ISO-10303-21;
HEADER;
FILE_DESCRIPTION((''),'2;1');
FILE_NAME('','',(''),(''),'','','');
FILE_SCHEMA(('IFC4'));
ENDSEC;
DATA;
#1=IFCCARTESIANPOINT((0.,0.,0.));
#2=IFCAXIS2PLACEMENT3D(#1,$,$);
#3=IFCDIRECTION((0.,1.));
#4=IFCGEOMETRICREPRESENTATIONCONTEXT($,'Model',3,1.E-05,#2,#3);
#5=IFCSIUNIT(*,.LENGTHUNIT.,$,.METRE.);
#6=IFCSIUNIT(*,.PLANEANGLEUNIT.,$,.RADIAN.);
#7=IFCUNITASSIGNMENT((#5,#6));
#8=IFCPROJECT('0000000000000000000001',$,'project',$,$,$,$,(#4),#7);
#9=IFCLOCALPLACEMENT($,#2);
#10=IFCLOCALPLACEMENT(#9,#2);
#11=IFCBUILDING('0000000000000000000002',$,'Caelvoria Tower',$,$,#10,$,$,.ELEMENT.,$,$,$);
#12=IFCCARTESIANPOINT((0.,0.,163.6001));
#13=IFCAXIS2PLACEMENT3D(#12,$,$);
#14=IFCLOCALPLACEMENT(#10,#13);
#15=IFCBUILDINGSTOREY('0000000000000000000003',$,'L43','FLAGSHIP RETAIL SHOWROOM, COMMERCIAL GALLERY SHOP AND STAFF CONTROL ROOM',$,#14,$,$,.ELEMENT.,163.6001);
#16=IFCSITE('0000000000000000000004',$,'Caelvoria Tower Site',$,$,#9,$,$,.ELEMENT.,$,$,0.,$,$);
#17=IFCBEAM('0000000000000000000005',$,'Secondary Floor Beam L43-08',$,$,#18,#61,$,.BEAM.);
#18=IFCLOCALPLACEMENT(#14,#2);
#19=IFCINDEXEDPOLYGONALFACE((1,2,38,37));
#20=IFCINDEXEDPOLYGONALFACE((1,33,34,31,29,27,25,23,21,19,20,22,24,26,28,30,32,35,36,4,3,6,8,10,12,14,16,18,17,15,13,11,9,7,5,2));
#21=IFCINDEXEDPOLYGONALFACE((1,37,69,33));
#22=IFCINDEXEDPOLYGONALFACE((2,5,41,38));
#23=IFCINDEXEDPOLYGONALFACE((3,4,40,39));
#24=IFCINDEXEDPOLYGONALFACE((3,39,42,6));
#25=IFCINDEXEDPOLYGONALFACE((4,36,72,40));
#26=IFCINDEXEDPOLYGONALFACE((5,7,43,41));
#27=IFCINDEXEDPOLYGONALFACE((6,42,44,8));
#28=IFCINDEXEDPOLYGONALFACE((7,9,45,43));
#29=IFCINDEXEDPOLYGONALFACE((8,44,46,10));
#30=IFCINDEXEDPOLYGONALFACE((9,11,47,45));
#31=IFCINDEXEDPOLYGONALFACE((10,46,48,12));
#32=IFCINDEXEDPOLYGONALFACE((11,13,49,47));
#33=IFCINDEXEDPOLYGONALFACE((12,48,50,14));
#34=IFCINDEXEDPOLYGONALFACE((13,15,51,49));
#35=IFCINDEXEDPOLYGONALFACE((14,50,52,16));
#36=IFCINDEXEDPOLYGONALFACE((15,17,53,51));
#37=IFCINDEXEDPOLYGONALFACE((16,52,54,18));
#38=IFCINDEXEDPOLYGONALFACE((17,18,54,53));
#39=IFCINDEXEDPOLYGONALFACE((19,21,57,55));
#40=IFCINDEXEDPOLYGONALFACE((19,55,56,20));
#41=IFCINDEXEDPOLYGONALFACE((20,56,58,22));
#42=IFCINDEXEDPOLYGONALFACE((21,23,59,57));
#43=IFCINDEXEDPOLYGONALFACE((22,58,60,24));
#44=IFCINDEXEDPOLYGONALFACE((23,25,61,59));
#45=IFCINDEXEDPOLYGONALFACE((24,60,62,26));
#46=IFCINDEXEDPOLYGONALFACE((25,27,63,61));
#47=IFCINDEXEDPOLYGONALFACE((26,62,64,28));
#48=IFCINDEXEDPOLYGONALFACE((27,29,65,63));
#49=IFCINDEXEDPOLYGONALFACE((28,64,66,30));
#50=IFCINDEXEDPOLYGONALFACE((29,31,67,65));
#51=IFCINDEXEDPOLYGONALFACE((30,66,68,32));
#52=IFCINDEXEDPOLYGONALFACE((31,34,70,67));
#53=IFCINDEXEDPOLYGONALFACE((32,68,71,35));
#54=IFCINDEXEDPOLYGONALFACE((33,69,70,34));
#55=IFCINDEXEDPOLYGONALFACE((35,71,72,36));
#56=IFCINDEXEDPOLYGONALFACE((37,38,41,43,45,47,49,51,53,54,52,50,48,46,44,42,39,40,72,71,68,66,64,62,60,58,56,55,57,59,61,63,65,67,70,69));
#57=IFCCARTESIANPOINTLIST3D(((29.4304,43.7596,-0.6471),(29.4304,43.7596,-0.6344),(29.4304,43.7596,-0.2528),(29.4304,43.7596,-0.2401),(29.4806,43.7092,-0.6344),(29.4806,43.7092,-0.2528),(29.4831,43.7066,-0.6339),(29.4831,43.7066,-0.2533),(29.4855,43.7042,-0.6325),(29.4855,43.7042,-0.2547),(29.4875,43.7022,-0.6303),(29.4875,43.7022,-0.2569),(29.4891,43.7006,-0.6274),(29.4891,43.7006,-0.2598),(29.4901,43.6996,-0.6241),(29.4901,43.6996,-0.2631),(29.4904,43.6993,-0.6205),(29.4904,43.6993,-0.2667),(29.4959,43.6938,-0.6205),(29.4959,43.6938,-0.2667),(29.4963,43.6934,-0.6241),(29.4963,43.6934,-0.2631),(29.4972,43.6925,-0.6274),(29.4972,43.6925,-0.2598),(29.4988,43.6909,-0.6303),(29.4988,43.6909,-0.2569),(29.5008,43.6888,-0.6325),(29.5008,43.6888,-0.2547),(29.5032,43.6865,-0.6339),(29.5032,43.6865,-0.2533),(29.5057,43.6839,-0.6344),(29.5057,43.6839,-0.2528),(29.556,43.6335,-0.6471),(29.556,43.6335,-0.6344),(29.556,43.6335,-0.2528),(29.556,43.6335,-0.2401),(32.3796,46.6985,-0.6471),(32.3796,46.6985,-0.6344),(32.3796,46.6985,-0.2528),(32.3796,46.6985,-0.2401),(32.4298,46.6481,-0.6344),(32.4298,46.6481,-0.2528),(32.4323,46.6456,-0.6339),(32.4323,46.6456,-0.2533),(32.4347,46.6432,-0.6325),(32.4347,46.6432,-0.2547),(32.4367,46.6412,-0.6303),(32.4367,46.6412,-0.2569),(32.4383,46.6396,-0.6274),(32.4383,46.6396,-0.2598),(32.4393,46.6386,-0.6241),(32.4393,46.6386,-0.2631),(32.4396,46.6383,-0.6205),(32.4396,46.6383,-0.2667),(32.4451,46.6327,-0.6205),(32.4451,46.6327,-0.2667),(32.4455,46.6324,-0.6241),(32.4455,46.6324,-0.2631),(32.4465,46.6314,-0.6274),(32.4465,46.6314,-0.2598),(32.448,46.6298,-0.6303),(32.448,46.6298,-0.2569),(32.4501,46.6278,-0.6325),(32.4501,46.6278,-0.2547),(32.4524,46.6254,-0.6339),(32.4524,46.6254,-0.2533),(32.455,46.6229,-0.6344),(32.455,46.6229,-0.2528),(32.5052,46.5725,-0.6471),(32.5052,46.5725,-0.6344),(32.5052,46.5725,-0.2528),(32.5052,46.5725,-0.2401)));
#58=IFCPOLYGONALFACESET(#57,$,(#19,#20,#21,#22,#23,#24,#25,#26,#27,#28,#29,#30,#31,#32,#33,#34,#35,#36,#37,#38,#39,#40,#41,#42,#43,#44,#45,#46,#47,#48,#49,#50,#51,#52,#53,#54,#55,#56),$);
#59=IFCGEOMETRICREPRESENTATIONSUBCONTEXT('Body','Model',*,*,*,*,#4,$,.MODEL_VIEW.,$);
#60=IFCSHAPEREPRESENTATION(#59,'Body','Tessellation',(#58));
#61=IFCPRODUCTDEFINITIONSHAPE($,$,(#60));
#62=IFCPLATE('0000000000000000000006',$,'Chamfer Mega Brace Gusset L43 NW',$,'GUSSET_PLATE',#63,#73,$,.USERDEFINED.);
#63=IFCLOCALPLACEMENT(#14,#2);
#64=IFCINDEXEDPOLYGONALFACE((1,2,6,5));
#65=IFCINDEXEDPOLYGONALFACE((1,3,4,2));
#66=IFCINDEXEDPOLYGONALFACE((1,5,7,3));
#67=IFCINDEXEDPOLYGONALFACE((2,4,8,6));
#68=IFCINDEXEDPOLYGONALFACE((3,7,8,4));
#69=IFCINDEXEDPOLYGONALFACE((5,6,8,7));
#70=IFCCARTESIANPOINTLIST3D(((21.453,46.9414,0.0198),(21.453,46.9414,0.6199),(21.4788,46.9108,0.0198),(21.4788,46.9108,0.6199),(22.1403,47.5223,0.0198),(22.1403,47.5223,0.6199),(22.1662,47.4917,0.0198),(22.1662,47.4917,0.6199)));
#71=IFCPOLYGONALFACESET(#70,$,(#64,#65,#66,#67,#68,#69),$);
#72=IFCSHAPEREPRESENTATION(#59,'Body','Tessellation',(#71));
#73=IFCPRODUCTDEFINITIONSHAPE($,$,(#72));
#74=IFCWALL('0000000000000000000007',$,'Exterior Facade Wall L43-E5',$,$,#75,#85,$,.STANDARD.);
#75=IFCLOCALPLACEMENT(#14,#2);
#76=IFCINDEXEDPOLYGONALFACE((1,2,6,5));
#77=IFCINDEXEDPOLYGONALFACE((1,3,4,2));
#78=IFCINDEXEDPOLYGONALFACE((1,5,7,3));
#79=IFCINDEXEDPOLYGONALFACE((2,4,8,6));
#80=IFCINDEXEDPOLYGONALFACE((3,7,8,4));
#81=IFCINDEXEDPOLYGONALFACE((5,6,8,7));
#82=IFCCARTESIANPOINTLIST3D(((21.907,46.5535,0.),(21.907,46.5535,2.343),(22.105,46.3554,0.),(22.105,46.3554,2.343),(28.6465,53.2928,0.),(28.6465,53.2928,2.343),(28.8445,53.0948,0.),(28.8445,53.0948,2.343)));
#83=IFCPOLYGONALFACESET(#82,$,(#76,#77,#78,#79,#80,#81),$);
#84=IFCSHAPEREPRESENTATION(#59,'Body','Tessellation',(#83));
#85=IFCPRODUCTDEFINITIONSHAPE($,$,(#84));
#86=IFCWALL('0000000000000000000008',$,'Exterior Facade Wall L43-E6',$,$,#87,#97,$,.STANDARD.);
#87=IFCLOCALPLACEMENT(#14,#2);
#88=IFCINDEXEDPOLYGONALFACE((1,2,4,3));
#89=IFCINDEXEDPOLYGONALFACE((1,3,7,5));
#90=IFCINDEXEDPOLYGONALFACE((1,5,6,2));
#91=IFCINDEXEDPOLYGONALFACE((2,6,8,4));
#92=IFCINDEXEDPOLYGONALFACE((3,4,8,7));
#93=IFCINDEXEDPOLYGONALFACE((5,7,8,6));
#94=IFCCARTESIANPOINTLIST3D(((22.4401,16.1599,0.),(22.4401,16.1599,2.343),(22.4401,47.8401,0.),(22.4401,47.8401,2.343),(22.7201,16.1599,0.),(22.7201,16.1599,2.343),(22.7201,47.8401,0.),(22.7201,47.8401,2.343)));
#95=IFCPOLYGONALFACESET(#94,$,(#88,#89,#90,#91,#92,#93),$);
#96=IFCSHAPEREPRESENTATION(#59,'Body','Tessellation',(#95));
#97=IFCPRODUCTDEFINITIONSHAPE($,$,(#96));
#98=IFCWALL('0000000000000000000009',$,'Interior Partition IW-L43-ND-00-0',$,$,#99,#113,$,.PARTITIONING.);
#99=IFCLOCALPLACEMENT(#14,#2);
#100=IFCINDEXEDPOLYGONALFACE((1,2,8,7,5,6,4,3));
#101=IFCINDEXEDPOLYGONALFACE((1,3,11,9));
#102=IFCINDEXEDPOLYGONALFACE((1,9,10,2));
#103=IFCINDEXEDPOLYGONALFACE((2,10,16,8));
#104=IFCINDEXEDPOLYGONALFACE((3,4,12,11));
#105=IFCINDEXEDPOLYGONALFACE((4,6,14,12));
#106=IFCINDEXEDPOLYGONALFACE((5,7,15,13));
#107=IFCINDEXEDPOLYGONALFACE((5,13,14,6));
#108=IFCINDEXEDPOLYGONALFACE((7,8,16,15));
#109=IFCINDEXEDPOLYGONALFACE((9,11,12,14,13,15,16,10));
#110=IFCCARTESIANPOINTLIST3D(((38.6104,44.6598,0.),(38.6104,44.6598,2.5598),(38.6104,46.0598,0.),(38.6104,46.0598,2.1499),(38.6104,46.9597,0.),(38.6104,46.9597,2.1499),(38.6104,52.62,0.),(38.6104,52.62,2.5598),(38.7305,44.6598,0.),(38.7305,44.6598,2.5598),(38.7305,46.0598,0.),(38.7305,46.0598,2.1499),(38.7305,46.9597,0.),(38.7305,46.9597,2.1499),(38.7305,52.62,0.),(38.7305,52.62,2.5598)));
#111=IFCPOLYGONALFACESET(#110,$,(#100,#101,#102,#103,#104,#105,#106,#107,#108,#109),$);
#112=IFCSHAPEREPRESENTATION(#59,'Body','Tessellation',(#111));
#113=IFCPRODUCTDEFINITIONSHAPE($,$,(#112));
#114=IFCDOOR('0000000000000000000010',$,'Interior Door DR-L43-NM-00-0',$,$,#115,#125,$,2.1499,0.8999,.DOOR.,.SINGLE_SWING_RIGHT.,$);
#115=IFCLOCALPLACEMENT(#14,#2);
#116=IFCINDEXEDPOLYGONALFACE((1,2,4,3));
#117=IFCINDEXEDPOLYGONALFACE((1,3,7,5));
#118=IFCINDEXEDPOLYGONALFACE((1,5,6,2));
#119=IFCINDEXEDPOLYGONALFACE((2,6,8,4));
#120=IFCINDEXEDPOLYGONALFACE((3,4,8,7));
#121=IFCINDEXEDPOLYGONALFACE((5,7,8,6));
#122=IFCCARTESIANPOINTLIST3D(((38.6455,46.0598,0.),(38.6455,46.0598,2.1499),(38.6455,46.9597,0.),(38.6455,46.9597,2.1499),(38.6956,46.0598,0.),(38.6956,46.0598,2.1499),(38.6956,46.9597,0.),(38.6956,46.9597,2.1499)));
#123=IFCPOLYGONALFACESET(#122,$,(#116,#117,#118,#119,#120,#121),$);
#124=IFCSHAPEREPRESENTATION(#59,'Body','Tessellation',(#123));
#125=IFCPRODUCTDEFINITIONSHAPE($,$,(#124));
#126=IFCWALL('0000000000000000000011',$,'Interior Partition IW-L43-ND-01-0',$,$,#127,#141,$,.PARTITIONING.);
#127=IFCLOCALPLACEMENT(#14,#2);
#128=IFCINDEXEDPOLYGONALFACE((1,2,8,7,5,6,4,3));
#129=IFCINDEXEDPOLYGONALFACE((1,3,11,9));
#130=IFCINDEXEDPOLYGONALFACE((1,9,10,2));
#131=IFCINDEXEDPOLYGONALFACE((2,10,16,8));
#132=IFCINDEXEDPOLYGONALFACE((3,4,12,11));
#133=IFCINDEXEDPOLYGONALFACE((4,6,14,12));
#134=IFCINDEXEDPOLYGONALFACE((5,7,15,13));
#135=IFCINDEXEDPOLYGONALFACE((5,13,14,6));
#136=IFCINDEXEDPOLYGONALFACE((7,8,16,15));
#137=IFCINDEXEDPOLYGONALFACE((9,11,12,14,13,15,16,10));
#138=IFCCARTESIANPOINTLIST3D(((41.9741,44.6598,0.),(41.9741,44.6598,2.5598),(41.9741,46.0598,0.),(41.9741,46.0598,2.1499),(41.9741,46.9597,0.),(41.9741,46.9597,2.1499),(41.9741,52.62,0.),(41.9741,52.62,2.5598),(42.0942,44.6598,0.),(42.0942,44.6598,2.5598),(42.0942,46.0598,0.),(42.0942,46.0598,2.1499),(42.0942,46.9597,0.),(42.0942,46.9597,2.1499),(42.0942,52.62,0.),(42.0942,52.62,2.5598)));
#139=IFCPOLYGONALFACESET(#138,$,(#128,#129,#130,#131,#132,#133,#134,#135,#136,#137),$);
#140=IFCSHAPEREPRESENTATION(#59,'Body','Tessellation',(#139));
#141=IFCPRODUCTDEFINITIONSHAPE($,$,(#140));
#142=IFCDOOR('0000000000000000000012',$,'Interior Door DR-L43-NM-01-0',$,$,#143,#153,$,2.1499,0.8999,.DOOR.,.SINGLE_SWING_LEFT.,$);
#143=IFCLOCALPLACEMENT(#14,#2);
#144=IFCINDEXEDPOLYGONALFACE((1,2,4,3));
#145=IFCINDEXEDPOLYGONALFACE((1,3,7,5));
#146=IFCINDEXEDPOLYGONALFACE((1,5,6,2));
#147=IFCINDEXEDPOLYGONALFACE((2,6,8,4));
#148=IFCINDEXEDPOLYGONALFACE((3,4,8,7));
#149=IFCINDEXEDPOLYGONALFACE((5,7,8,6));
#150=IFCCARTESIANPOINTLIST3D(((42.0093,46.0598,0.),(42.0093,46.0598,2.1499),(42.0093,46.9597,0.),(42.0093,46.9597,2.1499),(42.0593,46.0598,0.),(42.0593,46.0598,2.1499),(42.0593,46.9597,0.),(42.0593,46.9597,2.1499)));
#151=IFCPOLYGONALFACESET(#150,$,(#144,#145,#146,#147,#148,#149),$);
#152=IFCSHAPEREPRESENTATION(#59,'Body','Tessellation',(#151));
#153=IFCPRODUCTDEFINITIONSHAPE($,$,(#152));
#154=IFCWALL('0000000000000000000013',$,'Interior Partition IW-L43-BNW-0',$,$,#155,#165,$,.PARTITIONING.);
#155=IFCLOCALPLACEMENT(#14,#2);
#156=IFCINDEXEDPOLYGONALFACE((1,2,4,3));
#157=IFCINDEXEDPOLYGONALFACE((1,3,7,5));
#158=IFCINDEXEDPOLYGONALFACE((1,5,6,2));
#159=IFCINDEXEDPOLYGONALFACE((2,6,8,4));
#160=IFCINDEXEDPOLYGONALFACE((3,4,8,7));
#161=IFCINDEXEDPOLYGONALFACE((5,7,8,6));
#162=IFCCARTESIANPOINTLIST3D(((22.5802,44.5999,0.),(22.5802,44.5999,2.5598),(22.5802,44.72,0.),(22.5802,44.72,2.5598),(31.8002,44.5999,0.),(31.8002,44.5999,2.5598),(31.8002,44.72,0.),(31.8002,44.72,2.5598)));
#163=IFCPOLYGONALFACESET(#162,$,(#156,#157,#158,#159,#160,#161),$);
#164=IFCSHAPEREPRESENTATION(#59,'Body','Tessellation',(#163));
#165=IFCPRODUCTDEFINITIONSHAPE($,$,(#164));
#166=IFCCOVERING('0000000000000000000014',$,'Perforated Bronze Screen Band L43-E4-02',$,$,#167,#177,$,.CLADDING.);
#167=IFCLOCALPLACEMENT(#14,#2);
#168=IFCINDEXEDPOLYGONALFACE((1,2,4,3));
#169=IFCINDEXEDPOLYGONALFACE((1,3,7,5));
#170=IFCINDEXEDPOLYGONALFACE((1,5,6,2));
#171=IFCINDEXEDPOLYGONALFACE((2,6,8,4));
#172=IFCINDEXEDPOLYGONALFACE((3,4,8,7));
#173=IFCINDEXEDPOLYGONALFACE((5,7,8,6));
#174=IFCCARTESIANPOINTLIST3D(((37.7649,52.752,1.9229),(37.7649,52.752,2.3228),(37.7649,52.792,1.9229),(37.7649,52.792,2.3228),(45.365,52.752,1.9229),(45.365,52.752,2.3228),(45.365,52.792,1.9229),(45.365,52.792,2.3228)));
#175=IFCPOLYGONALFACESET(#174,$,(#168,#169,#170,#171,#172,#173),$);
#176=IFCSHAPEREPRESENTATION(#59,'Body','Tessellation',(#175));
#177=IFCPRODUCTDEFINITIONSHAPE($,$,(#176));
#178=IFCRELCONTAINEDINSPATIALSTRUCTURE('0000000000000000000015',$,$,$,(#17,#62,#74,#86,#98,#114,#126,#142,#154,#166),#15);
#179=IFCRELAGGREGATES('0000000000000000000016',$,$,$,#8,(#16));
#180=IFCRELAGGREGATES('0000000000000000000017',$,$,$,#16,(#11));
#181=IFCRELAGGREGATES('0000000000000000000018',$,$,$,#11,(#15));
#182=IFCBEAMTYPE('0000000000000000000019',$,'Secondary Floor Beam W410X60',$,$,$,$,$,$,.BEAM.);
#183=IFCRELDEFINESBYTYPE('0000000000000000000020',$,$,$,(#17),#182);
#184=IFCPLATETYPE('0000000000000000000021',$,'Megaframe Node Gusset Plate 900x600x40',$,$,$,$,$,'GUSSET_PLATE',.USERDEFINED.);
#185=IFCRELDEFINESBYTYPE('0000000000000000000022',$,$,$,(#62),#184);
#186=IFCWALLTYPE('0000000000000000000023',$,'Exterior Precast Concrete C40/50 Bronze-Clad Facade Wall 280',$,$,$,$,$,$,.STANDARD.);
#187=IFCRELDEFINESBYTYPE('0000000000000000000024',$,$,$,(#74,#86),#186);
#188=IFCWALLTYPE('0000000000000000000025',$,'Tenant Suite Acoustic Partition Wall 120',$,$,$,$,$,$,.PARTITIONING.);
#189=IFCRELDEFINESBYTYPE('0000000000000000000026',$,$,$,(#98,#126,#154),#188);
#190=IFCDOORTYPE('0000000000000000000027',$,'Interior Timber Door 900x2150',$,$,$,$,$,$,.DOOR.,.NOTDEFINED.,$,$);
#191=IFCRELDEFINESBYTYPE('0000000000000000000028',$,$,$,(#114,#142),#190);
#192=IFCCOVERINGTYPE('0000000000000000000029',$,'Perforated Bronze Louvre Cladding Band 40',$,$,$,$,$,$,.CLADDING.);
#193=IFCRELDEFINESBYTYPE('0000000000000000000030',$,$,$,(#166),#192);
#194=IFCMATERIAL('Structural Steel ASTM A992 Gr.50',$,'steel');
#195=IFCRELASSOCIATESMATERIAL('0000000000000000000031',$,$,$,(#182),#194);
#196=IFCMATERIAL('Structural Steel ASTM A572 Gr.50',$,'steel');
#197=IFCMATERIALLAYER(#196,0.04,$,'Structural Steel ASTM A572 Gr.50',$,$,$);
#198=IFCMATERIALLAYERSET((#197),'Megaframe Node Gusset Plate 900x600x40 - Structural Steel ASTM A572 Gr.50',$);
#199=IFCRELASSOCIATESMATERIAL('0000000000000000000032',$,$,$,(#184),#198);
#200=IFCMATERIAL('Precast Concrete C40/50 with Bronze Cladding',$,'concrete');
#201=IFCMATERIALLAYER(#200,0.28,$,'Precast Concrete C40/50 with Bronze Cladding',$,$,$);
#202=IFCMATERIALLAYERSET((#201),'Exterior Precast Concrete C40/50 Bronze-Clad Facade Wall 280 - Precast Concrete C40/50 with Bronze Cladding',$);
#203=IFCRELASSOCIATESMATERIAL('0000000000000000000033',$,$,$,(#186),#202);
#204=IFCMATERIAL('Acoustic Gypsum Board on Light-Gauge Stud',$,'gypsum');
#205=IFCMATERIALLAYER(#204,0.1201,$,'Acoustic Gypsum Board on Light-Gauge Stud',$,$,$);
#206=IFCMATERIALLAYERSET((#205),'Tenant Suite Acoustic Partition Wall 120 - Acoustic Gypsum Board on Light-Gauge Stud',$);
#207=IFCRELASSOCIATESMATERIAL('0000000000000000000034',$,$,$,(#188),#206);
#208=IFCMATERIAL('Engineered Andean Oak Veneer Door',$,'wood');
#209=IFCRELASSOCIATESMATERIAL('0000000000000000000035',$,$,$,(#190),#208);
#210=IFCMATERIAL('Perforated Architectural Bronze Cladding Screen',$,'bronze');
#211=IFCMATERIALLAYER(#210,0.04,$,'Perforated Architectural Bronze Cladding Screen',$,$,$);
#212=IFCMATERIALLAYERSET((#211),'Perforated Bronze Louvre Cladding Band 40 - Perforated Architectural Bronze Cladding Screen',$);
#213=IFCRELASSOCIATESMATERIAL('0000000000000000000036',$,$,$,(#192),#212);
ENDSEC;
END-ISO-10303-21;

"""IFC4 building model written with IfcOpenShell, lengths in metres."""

from ifc_helpers import new_model, si_unit, direction, frame, frame_2d, origin, origin_2d, place, context, subcontext, project, spatial, rectangle, i_section, extrude, material, layer, layer_set, material_profile, profile_set, type_object, element, fill, save


model = new_model("IFC4")

# Units and contexts
model_context = context("Model", 3, precision=1e-05, world=origin(), true_north=direction((0.0, 1.0)))
body_context = subcontext(model_context, "Body", "Model", "MODEL_VIEW")
ifc_project = project(units=[si_unit("LENGTHUNIT", "METRE"), si_unit("PLANEANGLEUNIT", "RADIAN")], contexts=[model_context])

# Site, building, storey
site_placement = place(None, origin())
site = spatial("IfcSite", under=ifc_project, at=site_placement, Name="Caelvoria Tower Site", CompositionType="ELEMENT", RefElevation=0.0)
building_placement = place(site_placement, origin())
building = spatial("IfcBuilding", under=site, at=building_placement, Name="Caelvoria Tower", CompositionType="ELEMENT")
storey_placement = place(building_placement, frame((0.0, 0.0, 163.6001)))
storey = spatial("IfcBuildingStorey", under=building, at=storey_placement, Name="L43", Description="FLAGSHIP RETAIL SHOWROOM, COMMERCIAL GALLERY SHOP AND STAFF CONTROL ROOM", CompositionType="ELEMENT", Elevation=163.6001)

# Shared definitions
ifc_material_1 = material(Name="Structural Steel ASTM A572 Gr.50", Category="steel")

# Beam
ifc_material_2 = material(Name="Structural Steel ASTM A992 Gr.50", Category="steel")
ifc_material_profile_1 = material_profile(ifc_material_2, i_section(OverallWidth=0.178, OverallDepth=0.407, WebThickness=0.0078, FlangeThickness=0.0127, FilletRadius=0.0139, at=origin_2d()), Name="Structural Steel ASTM A992 Gr.50")
ifc_profile_set_1 = profile_set([ifc_material_profile_1], Name="W410X60 - Structural Steel ASTM A992 Gr.50")
beam_type_1 = type_object("IfcBeamType", Name="Secondary Floor Beam W410X60", PredefinedType="BEAM", material=ifc_profile_set_1)
beam_1_placement = place(storey_placement, frame((32.4424, 46.6355, -0.4436), z_axis=(-0.708337, -0.705874, 0.0), x_axis=(0.705874, -0.708337, 0.0)))
element("IfcBeam", 1, at=beam_1_placement, inside=storey, type_object=beam_type_1, Name="Secondary Floor Beam L43-08", PredefinedType="BEAM", context=body_context, shape_type="SweptSolid", body=[
    extrude(i_section(OverallWidth=0.178, OverallDepth=0.407, WebThickness=0.0078, FlangeThickness=0.0127, FilletRadius=0.0139, at=origin_2d()), origin(), (0.0, 0.0, 1.0), 4.1636),
])

# Plate
ifc_layer_1 = layer(ifc_material_1, 0.04, Name="Structural Steel ASTM A572 Gr.50")
ifc_layer_set_1 = layer_set([ifc_layer_1], Name="Megaframe Node Gusset Plate 900x600x40 - Structural Steel ASTM A572 Gr.50")
plate_type = type_object("IfcPlateType", Name="Megaframe Node Gusset Plate 900x600x40", ElementType="GUSSET_PLATE", PredefinedType="USERDEFINED", material=ifc_layer_set_1)
plate_placement = place(storey_placement, frame((21.8096, 47.2166, 0.0198), z_axis=(0.0, 0.0, 1.0), x_axis=(0.763772, 0.645486, 0.0)))
element("IfcPlate", 2, at=plate_placement, inside=storey, type_object=plate_type, Name="Chamfer Mega Brace Gusset L43 NW", ObjectType="GUSSET_PLATE", PredefinedType="USERDEFINED", context=body_context, shape_type="SweptSolid", body=[
    extrude(rectangle(XDim=0.8999, YDim=0.04, at=origin_2d()), origin(), (0.0, 0.0, 1.0), 0.6001),
])

# Walls
ifc_material_3 = material(Name="Precast Concrete C40/50 with Bronze Cladding", Category="concrete")
ifc_layer_2 = layer(ifc_material_3, 0.28, Name="Precast Concrete C40/50 with Bronze Cladding")
ifc_layer_set_2 = layer_set([ifc_layer_2], Name="Exterior Precast Concrete C40/50 Bronze-Clad Facade Wall 280 - Precast Concrete C40/50 with Bronze Cladding")
wall_type_1 = type_object("IfcWallType", Name="Exterior Precast Concrete C40/50 Bronze-Clad Facade Wall 280", PredefinedType="STANDARD", material=ifc_layer_set_2)
wall_1_placement = place(storey_placement, frame((28.7456, 53.1938, 0.0), z_axis=(0.0, 0.0, 1.0), x_axis=(-0.70712, -0.707094, 0.0)))
element("IfcWall", 3, at=wall_1_placement, inside=storey, type_object=wall_type_1, Name="Exterior Facade Wall L43-E5", PredefinedType="STANDARD", context=body_context, shape_type="SweptSolid", body=[
    extrude(rectangle(XDim=9.531, YDim=0.28, at=frame_2d((4.7656, 0.0))), origin(), (0.0, 0.0, 1.0), 2.343),
])
wall_2_placement = place(storey_placement, frame((22.5801, 47.8401, 0.0), z_axis=(0.0, 0.0, 1.0), x_axis=(0.0, -1.0, 0.0)))
element("IfcWall", 4, at=wall_2_placement, inside=storey, type_object=wall_type_1, Name="Exterior Facade Wall L43-E6", PredefinedType="STANDARD", context=body_context, shape_type="SweptSolid", body=[
    extrude(rectangle(XDim=31.6802, YDim=0.28, at=frame_2d((15.8401, 0.0))), origin(), (0.0, 0.0, 1.0), 2.343),
])

# Walls, openings, doors
ifc_material_4 = material(Name="Acoustic Gypsum Board on Light-Gauge Stud", Category="gypsum")
ifc_layer_3 = layer(ifc_material_4, 0.1201, Name="Acoustic Gypsum Board on Light-Gauge Stud")
ifc_layer_set_3 = layer_set([ifc_layer_3], Name="Tenant Suite Acoustic Partition Wall 120 - Acoustic Gypsum Board on Light-Gauge Stud")
wall_type_2 = type_object("IfcWallType", Name="Tenant Suite Acoustic Partition Wall 120", PredefinedType="PARTITIONING", material=ifc_layer_set_3)
wall_3_placement = place(storey_placement, frame((38.6704, 44.6599, 0.0), z_axis=(0.0, 0.0, 1.0), x_axis=(0.0, 1.0, 0.0)))
wall_3 = element("IfcWall", 5, at=wall_3_placement, inside=storey, type_object=wall_type_2, Name="Interior Partition IW-L43-ND-00-0", PredefinedType="PARTITIONING", context=body_context, shape_type="SweptSolid", body=[
    extrude(rectangle(XDim=7.9602, YDim=0.1201, at=frame_2d((3.98, 0.0))), origin(), (0.0, 0.0, 1.0), 2.5598),
])
opening_1_placement = place(wall_3_placement, frame((1.3999, 0.0, 0.0)))
opening_1 = element("IfcOpeningElement", 6, at=opening_1_placement, cuts=wall_3, PredefinedType="OPENING", context=body_context, shape_type="SweptSolid", body=[
    extrude(rectangle(XDim=0.8999, YDim=2.1499, at=frame_2d((0.45, 1.075))), frame((0.0, 0.0701, 0.0), z_axis=(0.0, -1.0, 0.0), x_axis=(1.0, 0.0, 0.0)), (0.0, 0.0, 1.0), 0.1401),
])
ifc_material_5 = material(Name="Engineered Andean Oak Veneer Door", Category="wood")
door_type = type_object("IfcDoorType", Name="Interior Timber Door 900x2150", OperationType="NOTDEFINED", PredefinedType="DOOR", material=ifc_material_5)
door_1_placement = place(opening_1_placement, origin())
door_1 = element("IfcDoor", 7, at=door_1_placement, inside=storey, type_object=door_type, Name="Interior Door DR-L43-NM-00-0", OperationType="SINGLE_SWING_RIGHT", OverallHeight=2.1499, OverallWidth=0.8999, PredefinedType="DOOR", context=body_context, shape_type="SweptSolid", body=[
    extrude(rectangle(XDim=0.8999, YDim=2.1499, at=frame_2d((0.45, 1.075))), frame((0.0, 0.0249, 0.0), z_axis=(0.0, -1.0, 0.0), x_axis=(1.0, 0.0, 0.0)), (0.0, 0.0, 1.0), 0.05),
])
fill(opening_1, door_1)
wall_4_placement = place(storey_placement, frame((42.0342, 44.6599, 0.0), z_axis=(0.0, 0.0, 1.0), x_axis=(0.0, 1.0, 0.0)))
wall_4 = element("IfcWall", 8, at=wall_4_placement, inside=storey, type_object=wall_type_2, Name="Interior Partition IW-L43-ND-01-0", PredefinedType="PARTITIONING", context=body_context, shape_type="SweptSolid", body=[
    extrude(rectangle(XDim=7.9602, YDim=0.1201, at=frame_2d((3.98, 0.0))), origin(), (0.0, 0.0, 1.0), 2.5598),
])
opening_2_placement = place(wall_4_placement, frame((1.3999, 0.0, 0.0)))
opening_2 = element("IfcOpeningElement", 9, at=opening_2_placement, cuts=wall_4, PredefinedType="OPENING", context=body_context, shape_type="SweptSolid", body=[
    extrude(rectangle(XDim=0.8999, YDim=2.1499, at=frame_2d((0.45, 1.075))), frame((0.0, 0.0701, 0.0), z_axis=(0.0, -1.0, 0.0), x_axis=(1.0, 0.0, 0.0)), (0.0, 0.0, 1.0), 0.1401),
])
door_2_placement = place(opening_2_placement, origin())
door_2 = element("IfcDoor", 10, at=door_2_placement, inside=storey, type_object=door_type, Name="Interior Door DR-L43-NM-01-0", OperationType="SINGLE_SWING_LEFT", OverallHeight=2.1499, OverallWidth=0.8999, PredefinedType="DOOR", context=body_context, shape_type="SweptSolid", body=[
    extrude(rectangle(XDim=0.8999, YDim=2.1499, at=frame_2d((0.45, 1.075))), frame((0.0, 0.0249, 0.0), z_axis=(0.0, -1.0, 0.0), x_axis=(1.0, 0.0, 0.0)), (0.0, 0.0, 1.0), 0.05),
])
fill(opening_2, door_2)

# Wall
wall_5_placement = place(storey_placement, frame((31.8, 44.6599, 0.0), z_axis=(0.0, 0.0, 1.0), x_axis=(-1.0, 0.0, 0.0)))
element("IfcWall", 11, at=wall_5_placement, inside=storey, type_object=wall_type_2, Name="Interior Partition IW-L43-BNW-0", PredefinedType="PARTITIONING", context=body_context, shape_type="SweptSolid", body=[
    extrude(rectangle(XDim=9.22, YDim=0.1201, at=frame_2d((4.6099, 0.0))), origin(), (0.0, 0.0, 1.0), 2.5598),
])

# Covering
ifc_material_6 = material(Name="Perforated Architectural Bronze Cladding Screen", Category="bronze")
ifc_layer_4 = layer(ifc_material_6, 0.04, Name="Perforated Architectural Bronze Cladding Screen")
ifc_layer_set_4 = layer_set([ifc_layer_4], Name="Perforated Bronze Louvre Cladding Band 40 - Perforated Architectural Bronze Cladding Screen")
covering_type = type_object("IfcCoveringType", Name="Perforated Bronze Louvre Cladding Band 40", PredefinedType="CLADDING", material=ifc_layer_set_4)
for number, where, z_axis, x_axis, name in (
    (12, (41.5649, 52.772, 1.9229), (0.0, 0.0, 1.0), (-1.0, 0.0, 0.0), "Perforated Bronze Screen Band L43-E4-02"),
):
    element("IfcCovering", number, at=place(storey_placement, frame(where, z_axis=z_axis, x_axis=x_axis)), inside=storey, type_object=covering_type, Name=name, PredefinedType="CLADDING", context=body_context, shape_type="SweptSolid", body=[
        extrude(rectangle(XDim=7.6001, YDim=0.04, at=origin_2d()), origin(), (0.0, 0.0, 1.0), 0.3999),
    ])

save(model, "model.ifc")
